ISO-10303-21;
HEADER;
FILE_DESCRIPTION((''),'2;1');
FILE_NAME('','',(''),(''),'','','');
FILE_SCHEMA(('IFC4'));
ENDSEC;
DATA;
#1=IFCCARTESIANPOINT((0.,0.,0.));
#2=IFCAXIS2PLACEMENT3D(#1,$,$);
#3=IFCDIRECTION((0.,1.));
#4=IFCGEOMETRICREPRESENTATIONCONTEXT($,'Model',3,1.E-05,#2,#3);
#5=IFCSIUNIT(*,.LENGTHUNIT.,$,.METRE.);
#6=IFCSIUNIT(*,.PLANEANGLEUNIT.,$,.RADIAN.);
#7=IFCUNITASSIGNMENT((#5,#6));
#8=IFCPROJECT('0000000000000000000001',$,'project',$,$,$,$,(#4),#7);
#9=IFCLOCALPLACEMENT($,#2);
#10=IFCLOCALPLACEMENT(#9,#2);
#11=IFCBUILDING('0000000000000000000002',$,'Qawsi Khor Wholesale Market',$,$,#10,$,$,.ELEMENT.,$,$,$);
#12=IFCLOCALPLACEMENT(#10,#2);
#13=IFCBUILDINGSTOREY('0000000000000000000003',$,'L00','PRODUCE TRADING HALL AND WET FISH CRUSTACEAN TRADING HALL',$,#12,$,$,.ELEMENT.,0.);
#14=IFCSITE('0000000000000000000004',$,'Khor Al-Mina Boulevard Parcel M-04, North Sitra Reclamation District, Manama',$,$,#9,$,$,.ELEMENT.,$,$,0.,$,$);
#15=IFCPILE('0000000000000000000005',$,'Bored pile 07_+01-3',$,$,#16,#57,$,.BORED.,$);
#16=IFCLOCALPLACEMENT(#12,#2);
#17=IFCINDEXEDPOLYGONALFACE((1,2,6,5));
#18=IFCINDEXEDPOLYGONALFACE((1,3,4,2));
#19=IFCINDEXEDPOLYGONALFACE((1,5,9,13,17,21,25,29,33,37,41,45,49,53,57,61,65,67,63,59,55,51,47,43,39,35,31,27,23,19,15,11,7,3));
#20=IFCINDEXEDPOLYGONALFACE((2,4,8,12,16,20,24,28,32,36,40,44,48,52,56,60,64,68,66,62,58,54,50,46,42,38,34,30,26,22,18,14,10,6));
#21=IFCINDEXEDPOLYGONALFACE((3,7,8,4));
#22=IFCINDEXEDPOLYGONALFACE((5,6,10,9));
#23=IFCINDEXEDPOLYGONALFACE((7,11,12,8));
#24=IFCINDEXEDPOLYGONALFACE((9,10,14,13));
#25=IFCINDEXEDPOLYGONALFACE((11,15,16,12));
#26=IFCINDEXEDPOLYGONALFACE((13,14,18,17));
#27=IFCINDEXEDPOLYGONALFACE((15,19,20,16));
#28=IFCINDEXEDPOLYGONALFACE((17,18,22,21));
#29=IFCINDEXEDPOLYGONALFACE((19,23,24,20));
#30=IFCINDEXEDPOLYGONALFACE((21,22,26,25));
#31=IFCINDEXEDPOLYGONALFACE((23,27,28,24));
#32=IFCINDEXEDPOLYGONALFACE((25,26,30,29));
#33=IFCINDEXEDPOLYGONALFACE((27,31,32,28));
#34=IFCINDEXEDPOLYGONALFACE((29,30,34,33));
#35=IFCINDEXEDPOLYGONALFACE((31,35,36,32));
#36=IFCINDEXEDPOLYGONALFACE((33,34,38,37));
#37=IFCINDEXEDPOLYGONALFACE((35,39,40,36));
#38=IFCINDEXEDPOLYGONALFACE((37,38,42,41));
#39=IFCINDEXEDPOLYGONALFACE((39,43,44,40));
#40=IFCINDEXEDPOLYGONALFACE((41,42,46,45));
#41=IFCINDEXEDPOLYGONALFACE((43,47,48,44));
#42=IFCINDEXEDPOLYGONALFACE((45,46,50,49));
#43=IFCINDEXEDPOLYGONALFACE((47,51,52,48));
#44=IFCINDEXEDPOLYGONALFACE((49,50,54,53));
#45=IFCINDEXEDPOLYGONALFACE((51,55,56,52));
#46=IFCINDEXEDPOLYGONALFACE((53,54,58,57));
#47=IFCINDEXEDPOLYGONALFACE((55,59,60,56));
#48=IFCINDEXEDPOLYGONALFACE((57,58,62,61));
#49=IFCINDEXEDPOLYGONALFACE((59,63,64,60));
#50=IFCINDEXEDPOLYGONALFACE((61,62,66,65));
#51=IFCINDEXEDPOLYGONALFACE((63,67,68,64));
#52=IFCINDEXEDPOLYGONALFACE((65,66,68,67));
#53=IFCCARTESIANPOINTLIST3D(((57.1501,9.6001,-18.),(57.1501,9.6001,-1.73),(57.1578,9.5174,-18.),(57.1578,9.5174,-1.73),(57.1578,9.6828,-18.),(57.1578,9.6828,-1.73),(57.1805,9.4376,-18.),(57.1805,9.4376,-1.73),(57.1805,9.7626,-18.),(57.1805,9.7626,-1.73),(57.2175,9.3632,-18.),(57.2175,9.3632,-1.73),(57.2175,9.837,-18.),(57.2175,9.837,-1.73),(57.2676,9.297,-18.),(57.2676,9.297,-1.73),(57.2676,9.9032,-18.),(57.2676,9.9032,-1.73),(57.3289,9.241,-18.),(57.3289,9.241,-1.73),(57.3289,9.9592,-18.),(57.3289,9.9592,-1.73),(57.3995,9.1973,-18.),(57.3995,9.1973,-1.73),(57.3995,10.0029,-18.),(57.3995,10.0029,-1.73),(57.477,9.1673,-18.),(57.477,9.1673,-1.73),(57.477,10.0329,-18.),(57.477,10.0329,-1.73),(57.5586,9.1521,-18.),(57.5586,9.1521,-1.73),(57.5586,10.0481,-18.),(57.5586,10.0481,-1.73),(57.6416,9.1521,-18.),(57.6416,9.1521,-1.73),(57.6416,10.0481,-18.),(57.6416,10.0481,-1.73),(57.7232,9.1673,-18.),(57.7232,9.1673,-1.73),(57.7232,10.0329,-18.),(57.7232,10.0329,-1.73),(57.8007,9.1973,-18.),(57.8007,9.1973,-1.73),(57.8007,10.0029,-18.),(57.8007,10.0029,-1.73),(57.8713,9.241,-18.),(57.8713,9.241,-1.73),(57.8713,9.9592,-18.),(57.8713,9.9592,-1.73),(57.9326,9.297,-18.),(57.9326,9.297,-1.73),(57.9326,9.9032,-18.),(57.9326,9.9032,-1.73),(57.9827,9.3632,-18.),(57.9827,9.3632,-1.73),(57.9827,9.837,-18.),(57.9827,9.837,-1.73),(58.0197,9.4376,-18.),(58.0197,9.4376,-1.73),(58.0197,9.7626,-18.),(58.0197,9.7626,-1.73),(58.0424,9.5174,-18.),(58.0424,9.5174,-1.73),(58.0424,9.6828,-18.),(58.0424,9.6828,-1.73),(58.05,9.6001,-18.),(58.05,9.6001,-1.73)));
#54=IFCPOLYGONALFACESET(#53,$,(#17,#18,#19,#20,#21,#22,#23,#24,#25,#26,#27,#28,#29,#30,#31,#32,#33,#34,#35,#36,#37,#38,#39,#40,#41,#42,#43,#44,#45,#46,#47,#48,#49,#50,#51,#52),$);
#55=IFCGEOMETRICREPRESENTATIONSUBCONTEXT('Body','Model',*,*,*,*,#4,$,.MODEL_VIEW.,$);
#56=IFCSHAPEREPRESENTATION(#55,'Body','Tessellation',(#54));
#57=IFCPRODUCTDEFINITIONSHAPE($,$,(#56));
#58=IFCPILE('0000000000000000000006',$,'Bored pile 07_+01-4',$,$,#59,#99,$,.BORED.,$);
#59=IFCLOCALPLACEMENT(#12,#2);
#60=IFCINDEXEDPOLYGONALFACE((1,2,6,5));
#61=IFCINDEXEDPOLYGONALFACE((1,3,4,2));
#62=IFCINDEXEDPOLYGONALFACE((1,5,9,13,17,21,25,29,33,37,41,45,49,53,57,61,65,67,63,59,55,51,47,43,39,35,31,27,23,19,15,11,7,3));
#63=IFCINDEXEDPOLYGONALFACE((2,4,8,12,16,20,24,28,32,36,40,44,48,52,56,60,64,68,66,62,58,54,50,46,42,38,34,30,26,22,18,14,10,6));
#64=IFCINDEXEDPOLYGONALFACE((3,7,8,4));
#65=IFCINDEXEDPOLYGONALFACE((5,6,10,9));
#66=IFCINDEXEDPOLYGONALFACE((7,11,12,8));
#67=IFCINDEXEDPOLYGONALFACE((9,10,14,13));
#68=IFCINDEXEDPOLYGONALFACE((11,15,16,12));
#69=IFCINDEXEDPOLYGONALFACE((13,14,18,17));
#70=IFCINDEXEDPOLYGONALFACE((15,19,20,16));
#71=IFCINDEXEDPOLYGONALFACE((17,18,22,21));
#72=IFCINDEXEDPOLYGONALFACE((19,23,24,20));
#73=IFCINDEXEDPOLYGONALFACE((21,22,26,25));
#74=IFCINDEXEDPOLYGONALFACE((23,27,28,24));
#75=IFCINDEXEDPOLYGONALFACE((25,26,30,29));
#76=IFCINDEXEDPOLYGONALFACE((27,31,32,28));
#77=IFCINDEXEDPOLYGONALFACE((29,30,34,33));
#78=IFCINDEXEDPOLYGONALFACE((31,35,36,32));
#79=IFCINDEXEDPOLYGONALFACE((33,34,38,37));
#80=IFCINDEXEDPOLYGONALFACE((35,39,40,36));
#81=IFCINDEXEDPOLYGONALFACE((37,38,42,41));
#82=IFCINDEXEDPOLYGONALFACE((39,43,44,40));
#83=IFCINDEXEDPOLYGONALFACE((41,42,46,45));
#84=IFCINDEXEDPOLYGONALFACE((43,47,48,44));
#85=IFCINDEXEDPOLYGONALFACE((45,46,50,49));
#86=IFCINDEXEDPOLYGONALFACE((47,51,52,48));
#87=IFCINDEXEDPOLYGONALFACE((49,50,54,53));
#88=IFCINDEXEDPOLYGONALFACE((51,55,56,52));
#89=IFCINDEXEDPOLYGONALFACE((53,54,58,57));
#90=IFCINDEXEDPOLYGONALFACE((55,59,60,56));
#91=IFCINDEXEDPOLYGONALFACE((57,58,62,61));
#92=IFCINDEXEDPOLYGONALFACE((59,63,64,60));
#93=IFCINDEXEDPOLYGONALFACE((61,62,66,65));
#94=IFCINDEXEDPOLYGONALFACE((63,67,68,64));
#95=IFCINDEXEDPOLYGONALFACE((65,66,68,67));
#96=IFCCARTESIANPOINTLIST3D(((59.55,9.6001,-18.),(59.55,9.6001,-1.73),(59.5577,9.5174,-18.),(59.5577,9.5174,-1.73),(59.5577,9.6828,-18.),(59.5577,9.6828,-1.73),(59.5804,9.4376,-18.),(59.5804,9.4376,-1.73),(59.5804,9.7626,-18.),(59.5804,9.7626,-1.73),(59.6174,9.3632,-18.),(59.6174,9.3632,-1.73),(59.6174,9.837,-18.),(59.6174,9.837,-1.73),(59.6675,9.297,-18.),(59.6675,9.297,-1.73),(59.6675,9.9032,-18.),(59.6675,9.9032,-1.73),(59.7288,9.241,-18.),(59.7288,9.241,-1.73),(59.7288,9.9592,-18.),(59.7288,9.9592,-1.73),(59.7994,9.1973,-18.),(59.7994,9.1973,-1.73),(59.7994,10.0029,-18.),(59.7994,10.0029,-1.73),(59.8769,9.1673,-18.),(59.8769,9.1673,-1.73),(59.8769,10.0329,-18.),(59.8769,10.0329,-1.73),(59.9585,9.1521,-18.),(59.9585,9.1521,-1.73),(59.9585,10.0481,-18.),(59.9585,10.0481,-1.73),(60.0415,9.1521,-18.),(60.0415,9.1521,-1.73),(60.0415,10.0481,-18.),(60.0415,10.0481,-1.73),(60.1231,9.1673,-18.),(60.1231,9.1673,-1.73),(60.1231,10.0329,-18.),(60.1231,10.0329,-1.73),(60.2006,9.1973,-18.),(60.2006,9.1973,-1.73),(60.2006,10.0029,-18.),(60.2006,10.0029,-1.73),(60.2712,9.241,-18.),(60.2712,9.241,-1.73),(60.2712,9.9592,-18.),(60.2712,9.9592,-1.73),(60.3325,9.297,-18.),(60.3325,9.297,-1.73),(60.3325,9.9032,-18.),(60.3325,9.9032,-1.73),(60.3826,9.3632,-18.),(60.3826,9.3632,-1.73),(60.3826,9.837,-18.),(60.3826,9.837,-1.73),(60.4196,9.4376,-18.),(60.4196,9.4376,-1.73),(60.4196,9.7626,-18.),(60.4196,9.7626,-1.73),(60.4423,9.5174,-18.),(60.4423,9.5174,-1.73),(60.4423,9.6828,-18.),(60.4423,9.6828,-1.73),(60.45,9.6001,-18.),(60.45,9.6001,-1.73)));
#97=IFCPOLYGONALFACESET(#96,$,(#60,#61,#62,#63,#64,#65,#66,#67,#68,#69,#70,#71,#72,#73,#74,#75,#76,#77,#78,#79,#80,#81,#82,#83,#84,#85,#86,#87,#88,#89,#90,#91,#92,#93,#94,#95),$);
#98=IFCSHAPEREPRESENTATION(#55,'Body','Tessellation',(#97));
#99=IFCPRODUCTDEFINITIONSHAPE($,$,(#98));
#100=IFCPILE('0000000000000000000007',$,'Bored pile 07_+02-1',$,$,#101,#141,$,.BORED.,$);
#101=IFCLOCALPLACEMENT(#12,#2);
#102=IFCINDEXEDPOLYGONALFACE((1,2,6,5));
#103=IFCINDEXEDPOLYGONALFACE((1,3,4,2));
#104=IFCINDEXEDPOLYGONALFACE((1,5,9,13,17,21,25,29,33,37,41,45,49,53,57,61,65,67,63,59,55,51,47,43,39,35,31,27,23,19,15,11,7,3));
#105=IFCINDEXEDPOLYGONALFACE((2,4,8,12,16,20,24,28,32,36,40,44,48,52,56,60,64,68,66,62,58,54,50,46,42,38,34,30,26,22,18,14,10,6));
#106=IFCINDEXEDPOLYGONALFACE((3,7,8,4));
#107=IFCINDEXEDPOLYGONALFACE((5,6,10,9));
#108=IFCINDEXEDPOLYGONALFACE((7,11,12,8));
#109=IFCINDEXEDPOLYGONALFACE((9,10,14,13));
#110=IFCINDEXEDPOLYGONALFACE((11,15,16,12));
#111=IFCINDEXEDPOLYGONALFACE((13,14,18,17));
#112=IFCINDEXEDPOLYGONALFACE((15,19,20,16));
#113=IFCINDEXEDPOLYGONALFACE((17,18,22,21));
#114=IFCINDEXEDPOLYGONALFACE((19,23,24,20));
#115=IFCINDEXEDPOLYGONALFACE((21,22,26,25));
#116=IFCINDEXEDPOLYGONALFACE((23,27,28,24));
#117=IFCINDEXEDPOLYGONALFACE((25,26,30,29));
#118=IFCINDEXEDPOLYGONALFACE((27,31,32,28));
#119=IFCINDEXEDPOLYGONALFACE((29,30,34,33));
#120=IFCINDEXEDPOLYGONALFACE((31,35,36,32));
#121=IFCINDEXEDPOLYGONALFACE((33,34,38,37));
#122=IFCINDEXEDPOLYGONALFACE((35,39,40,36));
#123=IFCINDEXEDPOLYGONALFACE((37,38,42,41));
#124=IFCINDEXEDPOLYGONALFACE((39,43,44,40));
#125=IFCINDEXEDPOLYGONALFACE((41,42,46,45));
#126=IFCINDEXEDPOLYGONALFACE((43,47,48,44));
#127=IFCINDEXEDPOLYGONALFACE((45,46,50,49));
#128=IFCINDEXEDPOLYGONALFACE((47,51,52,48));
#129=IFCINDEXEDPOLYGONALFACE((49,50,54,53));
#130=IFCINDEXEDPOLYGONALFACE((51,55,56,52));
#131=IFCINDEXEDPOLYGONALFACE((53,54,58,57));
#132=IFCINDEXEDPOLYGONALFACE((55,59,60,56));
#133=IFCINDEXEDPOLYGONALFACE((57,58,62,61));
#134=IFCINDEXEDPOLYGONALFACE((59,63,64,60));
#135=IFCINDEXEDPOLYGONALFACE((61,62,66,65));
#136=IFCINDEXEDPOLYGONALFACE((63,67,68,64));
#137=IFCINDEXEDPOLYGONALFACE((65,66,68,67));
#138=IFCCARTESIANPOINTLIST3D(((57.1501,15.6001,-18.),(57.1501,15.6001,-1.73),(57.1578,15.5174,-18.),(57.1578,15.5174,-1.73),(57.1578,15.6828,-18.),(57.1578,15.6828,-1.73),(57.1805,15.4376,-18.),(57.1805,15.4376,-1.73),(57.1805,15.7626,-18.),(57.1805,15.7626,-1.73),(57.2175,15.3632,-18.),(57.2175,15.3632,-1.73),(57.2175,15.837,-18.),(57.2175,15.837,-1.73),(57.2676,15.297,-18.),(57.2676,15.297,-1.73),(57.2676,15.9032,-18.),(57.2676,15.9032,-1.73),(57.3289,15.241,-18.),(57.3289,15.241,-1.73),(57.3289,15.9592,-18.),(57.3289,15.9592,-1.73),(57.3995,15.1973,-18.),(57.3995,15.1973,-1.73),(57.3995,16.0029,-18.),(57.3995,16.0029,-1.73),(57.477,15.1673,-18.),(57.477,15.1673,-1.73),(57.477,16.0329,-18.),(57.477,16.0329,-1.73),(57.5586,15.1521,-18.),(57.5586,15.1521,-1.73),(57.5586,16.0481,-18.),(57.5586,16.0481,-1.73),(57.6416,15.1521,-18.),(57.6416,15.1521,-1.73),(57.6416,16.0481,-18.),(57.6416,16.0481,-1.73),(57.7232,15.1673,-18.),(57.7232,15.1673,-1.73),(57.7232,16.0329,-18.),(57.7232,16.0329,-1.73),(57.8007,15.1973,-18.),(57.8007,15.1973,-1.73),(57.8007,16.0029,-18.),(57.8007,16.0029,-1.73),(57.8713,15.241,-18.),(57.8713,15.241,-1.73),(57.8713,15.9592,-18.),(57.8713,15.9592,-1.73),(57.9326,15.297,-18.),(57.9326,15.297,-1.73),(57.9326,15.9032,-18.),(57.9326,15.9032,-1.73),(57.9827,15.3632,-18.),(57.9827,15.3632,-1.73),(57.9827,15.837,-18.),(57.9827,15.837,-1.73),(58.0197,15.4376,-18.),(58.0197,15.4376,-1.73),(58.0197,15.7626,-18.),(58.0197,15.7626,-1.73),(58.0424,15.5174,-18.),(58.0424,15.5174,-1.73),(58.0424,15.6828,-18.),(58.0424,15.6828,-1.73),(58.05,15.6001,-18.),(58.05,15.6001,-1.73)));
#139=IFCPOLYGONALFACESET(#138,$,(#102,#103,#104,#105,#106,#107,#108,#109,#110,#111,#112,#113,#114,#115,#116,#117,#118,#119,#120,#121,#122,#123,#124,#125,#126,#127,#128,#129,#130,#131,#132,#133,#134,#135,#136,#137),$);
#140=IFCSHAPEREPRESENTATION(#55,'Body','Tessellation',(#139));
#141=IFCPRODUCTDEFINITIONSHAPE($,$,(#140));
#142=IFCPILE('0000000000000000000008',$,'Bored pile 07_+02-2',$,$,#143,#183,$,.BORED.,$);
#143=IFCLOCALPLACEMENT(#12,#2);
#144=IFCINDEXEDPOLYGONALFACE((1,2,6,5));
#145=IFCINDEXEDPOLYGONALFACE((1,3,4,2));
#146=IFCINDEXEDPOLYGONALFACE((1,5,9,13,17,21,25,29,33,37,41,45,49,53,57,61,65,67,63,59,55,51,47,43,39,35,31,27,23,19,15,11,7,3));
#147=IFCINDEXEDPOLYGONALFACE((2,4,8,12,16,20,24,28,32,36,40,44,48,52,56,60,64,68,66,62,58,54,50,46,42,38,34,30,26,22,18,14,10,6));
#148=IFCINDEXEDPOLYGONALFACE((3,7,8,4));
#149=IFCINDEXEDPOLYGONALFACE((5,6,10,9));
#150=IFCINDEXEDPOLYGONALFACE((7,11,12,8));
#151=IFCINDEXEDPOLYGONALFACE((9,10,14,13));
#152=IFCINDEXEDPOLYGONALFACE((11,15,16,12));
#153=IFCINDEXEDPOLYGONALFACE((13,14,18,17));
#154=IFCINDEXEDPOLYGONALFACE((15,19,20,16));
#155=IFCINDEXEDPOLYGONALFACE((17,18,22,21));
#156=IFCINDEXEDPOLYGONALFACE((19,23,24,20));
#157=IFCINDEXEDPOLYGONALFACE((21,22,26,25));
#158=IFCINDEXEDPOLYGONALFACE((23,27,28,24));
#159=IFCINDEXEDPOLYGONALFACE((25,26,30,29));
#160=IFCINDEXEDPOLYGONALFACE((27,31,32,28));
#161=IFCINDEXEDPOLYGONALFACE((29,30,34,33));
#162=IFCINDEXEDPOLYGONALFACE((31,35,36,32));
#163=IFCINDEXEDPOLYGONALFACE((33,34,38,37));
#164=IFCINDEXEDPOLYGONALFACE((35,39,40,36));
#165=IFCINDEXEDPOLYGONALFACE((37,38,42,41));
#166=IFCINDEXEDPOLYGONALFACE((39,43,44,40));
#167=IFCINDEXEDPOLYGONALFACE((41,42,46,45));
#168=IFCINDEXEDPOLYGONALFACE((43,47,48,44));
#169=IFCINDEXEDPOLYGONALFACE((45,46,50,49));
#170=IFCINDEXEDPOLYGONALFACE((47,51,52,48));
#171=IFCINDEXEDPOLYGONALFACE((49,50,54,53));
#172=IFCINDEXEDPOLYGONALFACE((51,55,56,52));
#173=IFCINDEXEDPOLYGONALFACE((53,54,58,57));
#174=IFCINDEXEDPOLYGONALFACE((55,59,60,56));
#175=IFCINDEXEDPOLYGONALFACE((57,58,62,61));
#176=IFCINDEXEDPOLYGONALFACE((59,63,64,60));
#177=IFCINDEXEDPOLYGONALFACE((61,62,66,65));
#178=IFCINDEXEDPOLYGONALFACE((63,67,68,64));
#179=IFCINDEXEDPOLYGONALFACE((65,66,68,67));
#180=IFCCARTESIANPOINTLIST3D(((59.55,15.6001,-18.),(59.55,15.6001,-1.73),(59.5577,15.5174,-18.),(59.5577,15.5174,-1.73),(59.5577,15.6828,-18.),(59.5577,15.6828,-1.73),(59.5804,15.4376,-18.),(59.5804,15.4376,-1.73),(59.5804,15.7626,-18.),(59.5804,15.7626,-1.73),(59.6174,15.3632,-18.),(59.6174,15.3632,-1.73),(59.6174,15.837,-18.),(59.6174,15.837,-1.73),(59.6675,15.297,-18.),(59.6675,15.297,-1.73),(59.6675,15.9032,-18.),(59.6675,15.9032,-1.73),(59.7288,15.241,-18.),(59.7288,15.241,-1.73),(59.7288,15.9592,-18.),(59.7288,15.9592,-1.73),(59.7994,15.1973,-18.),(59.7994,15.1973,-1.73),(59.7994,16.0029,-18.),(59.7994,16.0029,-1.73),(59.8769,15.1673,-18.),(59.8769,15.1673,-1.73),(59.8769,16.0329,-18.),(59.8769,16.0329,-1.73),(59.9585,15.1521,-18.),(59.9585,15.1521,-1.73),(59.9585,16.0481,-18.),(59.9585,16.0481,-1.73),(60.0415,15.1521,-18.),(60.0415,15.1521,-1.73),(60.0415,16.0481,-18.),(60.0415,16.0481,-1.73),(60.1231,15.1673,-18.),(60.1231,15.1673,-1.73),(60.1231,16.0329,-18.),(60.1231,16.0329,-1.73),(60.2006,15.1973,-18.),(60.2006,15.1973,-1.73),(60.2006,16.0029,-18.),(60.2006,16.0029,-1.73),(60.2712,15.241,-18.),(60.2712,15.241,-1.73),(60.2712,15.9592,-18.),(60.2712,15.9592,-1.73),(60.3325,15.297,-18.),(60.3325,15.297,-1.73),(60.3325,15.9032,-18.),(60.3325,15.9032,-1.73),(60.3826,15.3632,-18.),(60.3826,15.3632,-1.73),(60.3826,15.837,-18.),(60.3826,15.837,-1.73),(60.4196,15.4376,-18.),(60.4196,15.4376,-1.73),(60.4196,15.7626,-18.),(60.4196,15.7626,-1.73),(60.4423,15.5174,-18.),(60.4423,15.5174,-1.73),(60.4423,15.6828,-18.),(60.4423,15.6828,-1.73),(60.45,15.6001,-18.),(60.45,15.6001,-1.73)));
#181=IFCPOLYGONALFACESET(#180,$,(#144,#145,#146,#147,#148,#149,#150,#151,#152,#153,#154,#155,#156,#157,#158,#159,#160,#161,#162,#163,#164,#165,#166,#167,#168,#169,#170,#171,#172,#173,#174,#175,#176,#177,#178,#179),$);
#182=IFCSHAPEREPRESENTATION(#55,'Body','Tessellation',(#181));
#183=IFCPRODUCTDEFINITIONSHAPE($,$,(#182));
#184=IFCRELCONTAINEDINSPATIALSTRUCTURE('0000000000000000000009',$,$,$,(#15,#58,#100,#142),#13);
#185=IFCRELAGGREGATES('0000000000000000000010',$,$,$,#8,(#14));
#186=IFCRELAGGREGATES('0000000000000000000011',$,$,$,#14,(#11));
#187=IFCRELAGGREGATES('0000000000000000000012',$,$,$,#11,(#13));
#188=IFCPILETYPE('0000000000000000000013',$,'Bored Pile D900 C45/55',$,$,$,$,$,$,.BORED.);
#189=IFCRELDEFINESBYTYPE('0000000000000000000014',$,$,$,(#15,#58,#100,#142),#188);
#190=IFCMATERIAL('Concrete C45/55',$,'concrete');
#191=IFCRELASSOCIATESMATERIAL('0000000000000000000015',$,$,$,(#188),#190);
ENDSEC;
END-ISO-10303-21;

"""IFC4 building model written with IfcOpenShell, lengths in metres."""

from ifc_helpers import new_model, si_unit, direction, frame, origin, origin_2d, place, context, subcontext, project, spatial, circle, extrude, material, material_profile, profile_set, type_object, element, save


model = new_model("IFC4")

# Units and contexts
model_context = context("Model", 3, precision=1e-05, world=origin(), true_north=direction((0.0, 1.0)))
body_context = subcontext(model_context, "Body", "Model", "MODEL_VIEW")
ifc_project = project(units=[si_unit("LENGTHUNIT", "METRE"), si_unit("PLANEANGLEUNIT", "RADIAN")], contexts=[model_context])

# Site, building, storey
site_placement = place(None, origin())
site = spatial("IfcSite", under=ifc_project, at=site_placement, Name="Khor Al-Mina Boulevard Parcel M-04, North Sitra Reclamation District, Manama", CompositionType="ELEMENT", RefElevation=0.0)
building_placement = place(site_placement, origin())
building = spatial("IfcBuilding", under=site, at=building_placement, Name="Qawsi Khor Wholesale Market", CompositionType="ELEMENT")
storey_placement = place(building_placement, origin())
storey = spatial("IfcBuildingStorey", under=building, at=storey_placement, Name="L00", Description="PRODUCE TRADING HALL AND WET FISH CRUSTACEAN TRADING HALL", CompositionType="ELEMENT", Elevation=0.0)

# Piles
ifc_material_1 = material(Name="Concrete C45/55", Category="concrete")
ifc_material_profile_1 = material_profile(ifc_material_1, circle(Radius=0.45, at=origin_2d()), Name="PILE D900")
ifc_profile_set_1 = profile_set([ifc_material_profile_1], Name="Concrete C45/55")
pile_type = type_object("IfcPileType", Name="Bored Pile D900 C45/55", PredefinedType="BORED", material=ifc_profile_set_1)
for number, where, z_axis, x_axis, name in (
    (1, (57.6001, 9.6001, -1.73), (0.0, 0.0, -1.0), (1.0, 0.0, 0.0), "Bored pile 07_+01-3"),
    (2, (60.0, 9.6001, -1.73), (0.0, 0.0, -1.0), (1.0, 0.0, 0.0), "Bored pile 07_+01-4"),
    (3, (57.6001, 15.6001, -1.73), (0.0, 0.0, -1.0), (1.0, 0.0, 0.0), "Bored pile 07_+02-1"),
    (4, (60.0, 15.6001, -1.73), (0.0, 0.0, -1.0), (1.0, 0.0, 0.0), "Bored pile 07_+02-2"),
):
    element("IfcPile", number, at=place(storey_placement, frame(where, z_axis=z_axis, x_axis=x_axis)), inside=storey, type_object=pile_type, Name=name, PredefinedType="BORED", context=body_context, shape_type="SweptSolid", body=[
        extrude(circle(Radius=0.45, at=origin_2d()), origin(), (0.0, 0.0, 1.0), 16.27),
    ])

save(model, "model.ifc")
